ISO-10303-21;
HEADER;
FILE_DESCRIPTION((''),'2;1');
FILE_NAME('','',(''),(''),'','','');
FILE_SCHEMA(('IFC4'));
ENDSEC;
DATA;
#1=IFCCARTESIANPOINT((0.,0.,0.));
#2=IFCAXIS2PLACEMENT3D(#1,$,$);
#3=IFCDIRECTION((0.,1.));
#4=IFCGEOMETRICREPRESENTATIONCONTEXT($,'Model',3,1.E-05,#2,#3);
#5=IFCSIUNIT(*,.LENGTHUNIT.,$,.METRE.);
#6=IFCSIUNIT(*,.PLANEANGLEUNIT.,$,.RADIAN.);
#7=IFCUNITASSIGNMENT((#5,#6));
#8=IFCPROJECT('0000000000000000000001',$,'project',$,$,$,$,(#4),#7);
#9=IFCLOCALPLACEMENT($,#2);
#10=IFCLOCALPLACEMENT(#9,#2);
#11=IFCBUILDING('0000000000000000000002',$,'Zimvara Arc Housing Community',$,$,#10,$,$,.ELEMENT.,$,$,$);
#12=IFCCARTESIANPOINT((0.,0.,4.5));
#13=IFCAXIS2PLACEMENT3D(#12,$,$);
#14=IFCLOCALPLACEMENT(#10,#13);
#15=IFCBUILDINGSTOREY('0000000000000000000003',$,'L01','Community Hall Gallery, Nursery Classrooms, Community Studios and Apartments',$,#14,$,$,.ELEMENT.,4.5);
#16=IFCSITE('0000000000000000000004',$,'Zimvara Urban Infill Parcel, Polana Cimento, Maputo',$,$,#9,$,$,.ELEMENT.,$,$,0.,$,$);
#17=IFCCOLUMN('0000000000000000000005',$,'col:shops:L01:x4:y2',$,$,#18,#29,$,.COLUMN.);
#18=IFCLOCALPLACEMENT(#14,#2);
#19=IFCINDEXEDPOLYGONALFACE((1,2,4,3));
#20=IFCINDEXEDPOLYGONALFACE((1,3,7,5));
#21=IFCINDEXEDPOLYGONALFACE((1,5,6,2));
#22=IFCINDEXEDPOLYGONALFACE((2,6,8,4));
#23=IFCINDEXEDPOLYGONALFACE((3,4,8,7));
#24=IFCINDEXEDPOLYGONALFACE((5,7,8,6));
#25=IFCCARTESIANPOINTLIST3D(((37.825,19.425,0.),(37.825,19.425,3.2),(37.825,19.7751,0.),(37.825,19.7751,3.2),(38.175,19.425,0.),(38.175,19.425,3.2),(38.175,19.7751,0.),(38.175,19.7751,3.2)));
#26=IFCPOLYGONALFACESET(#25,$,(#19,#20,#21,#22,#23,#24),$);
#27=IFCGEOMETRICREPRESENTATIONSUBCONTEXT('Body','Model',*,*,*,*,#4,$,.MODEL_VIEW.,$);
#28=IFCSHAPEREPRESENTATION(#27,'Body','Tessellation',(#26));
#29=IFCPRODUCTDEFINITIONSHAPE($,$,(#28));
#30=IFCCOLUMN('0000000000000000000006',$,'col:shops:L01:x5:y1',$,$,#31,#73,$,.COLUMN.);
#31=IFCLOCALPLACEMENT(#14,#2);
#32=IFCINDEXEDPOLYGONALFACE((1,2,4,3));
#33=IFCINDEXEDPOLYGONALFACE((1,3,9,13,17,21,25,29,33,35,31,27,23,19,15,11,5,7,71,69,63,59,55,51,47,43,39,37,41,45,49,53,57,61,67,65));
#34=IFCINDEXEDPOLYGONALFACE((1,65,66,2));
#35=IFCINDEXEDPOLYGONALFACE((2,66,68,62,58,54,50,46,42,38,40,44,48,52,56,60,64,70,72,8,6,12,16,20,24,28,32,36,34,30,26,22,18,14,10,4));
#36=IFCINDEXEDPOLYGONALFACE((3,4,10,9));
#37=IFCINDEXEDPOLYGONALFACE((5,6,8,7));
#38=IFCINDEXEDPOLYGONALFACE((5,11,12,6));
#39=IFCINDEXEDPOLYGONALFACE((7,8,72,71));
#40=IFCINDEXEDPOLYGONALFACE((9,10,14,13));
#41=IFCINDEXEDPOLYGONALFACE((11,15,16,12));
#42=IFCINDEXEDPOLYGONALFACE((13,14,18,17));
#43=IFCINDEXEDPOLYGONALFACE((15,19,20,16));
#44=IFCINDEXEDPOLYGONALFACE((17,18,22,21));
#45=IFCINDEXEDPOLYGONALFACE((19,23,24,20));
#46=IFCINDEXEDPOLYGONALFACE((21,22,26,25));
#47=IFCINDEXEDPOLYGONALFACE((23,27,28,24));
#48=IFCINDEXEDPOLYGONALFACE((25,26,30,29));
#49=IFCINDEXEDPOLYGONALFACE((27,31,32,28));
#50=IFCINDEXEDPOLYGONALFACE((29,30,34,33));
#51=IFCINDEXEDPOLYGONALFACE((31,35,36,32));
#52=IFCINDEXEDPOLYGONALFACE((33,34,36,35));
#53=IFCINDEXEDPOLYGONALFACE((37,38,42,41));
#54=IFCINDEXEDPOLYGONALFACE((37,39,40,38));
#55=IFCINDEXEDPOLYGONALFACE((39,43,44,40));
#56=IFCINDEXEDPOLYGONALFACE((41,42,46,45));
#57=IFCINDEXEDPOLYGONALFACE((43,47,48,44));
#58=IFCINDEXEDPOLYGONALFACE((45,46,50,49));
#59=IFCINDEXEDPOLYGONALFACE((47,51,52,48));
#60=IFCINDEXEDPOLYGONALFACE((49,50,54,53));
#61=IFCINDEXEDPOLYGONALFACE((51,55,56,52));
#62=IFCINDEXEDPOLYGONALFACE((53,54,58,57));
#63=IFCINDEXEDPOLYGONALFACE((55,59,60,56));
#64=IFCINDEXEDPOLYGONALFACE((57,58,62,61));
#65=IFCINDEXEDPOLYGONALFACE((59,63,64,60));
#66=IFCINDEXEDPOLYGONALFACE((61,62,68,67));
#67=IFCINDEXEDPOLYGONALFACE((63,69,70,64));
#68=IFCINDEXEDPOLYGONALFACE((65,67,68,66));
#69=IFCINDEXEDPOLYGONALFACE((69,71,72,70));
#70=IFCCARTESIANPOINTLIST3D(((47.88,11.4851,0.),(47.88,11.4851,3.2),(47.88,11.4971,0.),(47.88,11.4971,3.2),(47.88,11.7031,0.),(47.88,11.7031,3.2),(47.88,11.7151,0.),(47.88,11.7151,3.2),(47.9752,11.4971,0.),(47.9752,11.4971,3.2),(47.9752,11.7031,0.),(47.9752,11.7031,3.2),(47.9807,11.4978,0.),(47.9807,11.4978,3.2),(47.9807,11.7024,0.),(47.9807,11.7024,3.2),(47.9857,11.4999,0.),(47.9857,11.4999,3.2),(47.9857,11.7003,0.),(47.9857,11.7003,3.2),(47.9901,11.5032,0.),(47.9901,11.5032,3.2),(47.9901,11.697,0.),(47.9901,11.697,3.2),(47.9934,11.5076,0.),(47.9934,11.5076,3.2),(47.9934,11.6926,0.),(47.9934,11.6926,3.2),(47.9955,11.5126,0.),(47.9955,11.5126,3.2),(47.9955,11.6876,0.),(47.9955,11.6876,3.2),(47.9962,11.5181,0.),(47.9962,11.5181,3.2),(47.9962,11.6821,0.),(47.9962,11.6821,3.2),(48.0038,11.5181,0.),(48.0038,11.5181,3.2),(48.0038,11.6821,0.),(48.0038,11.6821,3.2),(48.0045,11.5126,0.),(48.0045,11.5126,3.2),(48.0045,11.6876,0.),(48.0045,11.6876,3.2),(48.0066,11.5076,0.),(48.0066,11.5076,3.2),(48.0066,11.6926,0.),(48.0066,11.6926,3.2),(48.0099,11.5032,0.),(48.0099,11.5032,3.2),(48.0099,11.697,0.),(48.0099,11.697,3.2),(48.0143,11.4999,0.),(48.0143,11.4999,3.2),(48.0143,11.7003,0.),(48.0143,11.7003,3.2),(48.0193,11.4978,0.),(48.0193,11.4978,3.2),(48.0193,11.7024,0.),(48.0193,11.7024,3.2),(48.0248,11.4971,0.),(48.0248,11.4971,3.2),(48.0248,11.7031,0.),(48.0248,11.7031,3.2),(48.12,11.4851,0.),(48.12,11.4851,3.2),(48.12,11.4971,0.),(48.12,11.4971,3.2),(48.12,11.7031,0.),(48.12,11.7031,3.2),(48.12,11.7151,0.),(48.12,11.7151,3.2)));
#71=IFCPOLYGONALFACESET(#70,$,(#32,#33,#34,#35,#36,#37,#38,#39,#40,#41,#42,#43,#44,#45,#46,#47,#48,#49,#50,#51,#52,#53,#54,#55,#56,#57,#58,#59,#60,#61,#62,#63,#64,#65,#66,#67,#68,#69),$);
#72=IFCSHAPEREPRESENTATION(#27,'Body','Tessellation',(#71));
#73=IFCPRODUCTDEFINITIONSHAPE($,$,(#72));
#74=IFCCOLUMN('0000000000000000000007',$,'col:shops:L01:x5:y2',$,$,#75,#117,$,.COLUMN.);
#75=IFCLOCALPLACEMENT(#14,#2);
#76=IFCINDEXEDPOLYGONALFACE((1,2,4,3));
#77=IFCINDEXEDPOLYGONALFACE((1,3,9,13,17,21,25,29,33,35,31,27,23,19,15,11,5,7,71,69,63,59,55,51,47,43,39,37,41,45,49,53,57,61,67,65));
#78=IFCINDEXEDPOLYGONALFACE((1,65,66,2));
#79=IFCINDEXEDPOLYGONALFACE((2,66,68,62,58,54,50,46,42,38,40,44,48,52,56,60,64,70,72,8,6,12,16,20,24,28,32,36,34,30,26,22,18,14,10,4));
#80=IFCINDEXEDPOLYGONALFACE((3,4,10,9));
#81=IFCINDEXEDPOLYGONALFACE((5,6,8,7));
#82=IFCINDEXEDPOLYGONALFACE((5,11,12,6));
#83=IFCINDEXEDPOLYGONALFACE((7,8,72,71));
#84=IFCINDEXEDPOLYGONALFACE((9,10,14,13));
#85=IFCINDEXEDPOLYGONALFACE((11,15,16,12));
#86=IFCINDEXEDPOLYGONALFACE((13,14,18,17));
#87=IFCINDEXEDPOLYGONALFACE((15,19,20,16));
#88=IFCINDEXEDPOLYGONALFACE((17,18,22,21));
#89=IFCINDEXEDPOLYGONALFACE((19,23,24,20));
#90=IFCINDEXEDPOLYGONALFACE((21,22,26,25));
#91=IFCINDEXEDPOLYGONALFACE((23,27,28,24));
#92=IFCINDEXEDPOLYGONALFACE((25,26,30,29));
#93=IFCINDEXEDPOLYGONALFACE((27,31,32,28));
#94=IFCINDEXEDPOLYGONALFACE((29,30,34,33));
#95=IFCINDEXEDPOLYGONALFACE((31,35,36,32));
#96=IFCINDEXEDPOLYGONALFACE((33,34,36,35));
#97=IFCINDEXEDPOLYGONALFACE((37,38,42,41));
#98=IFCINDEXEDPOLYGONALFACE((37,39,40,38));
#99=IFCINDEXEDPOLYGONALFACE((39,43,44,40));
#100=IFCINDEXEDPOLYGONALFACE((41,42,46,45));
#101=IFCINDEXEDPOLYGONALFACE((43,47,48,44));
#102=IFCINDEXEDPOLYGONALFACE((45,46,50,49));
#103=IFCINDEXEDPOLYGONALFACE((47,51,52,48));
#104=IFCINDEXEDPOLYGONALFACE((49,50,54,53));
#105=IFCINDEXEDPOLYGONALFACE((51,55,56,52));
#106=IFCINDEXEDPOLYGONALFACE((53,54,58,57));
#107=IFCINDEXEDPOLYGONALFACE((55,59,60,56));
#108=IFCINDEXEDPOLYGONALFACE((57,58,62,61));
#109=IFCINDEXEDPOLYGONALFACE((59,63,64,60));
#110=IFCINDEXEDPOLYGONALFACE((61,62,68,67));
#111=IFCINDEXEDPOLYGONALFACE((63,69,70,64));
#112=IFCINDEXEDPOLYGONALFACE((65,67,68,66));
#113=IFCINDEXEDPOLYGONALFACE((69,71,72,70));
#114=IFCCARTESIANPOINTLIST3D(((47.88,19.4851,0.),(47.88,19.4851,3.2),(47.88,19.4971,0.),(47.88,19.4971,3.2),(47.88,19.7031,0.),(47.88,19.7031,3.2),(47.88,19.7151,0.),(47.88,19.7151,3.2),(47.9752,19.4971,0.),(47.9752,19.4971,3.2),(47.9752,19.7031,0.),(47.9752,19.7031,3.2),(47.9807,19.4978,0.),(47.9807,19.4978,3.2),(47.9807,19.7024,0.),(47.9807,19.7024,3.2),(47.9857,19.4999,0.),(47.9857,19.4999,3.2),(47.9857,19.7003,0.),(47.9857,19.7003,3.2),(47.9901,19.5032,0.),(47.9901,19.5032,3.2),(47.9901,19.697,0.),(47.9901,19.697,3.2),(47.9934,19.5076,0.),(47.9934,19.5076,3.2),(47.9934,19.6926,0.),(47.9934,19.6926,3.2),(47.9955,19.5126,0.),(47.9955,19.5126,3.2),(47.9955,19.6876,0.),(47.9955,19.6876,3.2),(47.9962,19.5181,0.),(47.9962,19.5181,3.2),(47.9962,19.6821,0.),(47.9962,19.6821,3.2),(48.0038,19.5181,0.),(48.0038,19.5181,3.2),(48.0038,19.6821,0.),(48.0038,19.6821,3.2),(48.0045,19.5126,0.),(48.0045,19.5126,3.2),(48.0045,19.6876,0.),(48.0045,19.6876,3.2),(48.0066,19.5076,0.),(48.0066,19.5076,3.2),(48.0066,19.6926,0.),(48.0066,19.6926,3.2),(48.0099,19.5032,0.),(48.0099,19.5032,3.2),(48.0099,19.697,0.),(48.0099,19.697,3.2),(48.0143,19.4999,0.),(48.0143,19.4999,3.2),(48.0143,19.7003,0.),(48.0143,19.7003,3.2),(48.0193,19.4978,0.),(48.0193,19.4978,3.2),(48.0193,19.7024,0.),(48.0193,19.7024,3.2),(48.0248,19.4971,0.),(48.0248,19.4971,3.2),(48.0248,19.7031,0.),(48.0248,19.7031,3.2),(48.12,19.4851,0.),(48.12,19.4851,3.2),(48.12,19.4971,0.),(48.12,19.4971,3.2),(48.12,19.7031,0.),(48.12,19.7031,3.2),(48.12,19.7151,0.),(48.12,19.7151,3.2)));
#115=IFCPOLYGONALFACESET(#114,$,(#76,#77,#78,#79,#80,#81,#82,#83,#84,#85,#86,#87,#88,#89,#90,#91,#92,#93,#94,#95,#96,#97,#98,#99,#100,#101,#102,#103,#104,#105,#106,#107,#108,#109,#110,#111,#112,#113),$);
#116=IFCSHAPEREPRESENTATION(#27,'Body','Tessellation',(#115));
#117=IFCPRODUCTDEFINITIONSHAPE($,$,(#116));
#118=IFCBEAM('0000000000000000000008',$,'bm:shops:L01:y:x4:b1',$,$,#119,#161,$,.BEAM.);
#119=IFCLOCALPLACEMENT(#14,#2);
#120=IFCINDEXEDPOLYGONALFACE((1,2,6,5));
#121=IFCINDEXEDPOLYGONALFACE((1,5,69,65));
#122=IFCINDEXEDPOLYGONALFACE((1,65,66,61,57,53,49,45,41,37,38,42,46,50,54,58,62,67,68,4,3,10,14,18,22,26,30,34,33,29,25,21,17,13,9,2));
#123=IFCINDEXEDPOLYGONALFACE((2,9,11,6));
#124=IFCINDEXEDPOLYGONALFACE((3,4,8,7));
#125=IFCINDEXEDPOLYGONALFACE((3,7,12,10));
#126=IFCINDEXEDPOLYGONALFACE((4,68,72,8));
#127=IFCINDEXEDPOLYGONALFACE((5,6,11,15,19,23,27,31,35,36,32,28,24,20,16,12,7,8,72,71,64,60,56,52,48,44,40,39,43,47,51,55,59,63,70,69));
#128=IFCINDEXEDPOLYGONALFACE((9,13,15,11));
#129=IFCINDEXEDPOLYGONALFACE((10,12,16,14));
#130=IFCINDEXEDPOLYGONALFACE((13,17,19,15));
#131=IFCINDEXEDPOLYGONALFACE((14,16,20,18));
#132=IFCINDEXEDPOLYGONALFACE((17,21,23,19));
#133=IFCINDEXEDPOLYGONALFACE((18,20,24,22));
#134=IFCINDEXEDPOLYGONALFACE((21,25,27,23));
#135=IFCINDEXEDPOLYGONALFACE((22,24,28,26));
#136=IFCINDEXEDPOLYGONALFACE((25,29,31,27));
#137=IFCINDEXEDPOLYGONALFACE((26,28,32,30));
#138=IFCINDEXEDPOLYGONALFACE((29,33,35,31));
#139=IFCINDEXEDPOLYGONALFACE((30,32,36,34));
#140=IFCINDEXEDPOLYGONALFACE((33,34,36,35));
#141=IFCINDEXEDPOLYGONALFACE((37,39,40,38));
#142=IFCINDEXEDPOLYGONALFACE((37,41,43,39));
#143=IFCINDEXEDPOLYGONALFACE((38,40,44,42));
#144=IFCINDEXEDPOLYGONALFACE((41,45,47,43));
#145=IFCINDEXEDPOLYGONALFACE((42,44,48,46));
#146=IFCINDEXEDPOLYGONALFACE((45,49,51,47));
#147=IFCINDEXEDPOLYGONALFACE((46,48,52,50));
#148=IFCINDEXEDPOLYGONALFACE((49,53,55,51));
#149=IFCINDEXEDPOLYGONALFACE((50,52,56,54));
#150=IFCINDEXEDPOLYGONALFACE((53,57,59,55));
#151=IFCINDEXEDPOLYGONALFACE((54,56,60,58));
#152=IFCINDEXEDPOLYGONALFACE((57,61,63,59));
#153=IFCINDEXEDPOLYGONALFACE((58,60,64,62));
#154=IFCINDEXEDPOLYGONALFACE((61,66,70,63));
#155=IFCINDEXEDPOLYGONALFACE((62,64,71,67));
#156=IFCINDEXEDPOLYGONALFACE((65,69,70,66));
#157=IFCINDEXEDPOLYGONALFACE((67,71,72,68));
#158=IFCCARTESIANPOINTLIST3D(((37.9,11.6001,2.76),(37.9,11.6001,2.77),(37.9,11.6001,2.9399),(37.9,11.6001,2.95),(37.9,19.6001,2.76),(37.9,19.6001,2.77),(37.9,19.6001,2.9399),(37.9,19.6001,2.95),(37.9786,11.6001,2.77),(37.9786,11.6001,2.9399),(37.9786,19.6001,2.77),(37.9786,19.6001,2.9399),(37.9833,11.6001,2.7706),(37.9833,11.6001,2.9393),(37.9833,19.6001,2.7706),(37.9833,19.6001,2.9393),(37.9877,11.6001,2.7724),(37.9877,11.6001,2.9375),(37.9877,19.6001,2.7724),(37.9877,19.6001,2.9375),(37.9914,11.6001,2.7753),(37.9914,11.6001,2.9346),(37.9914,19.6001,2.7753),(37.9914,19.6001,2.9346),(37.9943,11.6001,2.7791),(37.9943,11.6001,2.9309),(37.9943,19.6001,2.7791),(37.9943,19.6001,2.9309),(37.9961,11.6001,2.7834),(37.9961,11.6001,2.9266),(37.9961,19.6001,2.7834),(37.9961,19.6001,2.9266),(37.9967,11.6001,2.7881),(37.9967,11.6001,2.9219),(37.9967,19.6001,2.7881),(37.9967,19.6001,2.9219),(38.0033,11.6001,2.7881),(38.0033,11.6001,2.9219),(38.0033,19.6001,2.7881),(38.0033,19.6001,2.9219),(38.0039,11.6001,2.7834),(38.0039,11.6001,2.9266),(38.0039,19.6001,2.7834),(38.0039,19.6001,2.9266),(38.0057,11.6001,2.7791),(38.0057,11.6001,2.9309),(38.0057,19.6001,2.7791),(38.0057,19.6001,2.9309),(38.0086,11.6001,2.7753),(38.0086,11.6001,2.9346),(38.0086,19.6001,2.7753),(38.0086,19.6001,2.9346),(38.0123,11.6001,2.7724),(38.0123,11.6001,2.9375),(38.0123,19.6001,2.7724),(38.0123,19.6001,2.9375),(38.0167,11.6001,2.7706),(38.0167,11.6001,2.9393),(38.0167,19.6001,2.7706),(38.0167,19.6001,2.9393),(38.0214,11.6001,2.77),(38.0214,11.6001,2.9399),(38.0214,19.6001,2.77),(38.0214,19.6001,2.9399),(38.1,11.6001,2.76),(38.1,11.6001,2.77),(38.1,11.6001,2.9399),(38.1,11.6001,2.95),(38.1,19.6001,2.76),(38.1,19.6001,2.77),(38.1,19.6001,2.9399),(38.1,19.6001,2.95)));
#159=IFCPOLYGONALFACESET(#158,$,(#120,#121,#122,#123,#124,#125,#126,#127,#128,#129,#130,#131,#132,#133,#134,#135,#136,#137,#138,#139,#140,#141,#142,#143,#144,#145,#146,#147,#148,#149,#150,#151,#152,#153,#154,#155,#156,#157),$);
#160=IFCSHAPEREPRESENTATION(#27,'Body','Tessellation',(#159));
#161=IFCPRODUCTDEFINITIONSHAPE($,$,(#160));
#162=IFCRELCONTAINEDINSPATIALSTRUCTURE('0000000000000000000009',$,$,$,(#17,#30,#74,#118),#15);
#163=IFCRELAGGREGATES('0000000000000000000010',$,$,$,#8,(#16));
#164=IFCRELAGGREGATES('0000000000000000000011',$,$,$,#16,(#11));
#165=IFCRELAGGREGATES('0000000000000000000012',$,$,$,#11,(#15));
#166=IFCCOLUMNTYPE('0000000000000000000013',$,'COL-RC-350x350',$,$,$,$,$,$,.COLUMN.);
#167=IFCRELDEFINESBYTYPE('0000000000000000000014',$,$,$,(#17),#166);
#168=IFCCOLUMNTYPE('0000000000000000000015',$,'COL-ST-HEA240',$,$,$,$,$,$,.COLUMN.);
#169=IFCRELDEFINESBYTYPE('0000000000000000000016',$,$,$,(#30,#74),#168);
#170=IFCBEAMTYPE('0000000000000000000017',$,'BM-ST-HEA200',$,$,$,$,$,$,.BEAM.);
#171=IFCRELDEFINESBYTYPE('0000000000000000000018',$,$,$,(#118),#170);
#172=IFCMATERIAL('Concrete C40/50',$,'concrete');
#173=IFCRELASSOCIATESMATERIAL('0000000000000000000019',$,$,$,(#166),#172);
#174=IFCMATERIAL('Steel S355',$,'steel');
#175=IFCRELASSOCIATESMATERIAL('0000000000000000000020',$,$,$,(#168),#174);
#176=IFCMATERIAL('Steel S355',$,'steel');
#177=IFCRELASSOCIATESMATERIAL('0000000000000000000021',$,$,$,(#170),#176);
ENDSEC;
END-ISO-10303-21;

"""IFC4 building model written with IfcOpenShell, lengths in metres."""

from ifc_helpers import new_model, si_unit, direction, frame, origin, origin_2d, place, context, subcontext, project, spatial, rectangle, i_section, extrude, material, material_profile, profile_set, type_object, element, save


model = new_model("IFC4")

# Units and contexts
model_context = context("Model", 3, precision=1e-05, world=origin(), true_north=direction((0.0, 1.0)))
body_context = subcontext(model_context, "Body", "Model", "MODEL_VIEW")
ifc_project = project(units=[si_unit("LENGTHUNIT", "METRE"), si_unit("PLANEANGLEUNIT", "RADIAN")], contexts=[model_context])

# Site, building, storey
site_placement = place(None, origin())
site = spatial("IfcSite", under=ifc_project, at=site_placement, Name="Zimvara Urban Infill Parcel, Polana Cimento, Maputo", CompositionType="ELEMENT", RefElevation=0.0)
building_placement = place(site_placement, origin())
building = spatial("IfcBuilding", under=site, at=building_placement, Name="Zimvara Arc Housing Community", CompositionType="ELEMENT")
storey_placement = place(building_placement, frame((0.0, 0.0, 4.5)))
storey = spatial("IfcBuildingStorey", under=building, at=storey_placement, Name="L01", Description="Community Hall Gallery, Nursery Classrooms, Community Studios and Apartments", CompositionType="ELEMENT", Elevation=4.5)

# Columns
ifc_material_1 = material(Name="Concrete C40/50", Category="concrete")
ifc_material_profile_1 = material_profile(ifc_material_1, rectangle(XDim=0.3501, YDim=0.3501, at=origin_2d()), Name="RC 350x350")
ifc_profile_set_1 = profile_set([ifc_material_profile_1], Name="Concrete C40/50")
column_type_1 = type_object("IfcColumnType", Name="COL-RC-350x350", PredefinedType="COLUMN", material=ifc_profile_set_1)
column_placement = place(storey_placement, frame((38.0, 19.6001, 0.0), z_axis=(0.0, 0.0, 1.0), x_axis=(1.0, 0.0, 0.0)))
element("IfcColumn", 1, at=column_placement, inside=storey, type_object=column_type_1, Name="col:shops:L01:x4:y2", PredefinedType="COLUMN", context=body_context, shape_type="SweptSolid", body=[
    extrude(rectangle(XDim=0.3501, YDim=0.3501, at=origin_2d()), origin(), (0.0, 0.0, 1.0), 3.2),
])
ifc_material_2 = material(Name="Steel S355", Category="steel")
ifc_material_profile_2 = material_profile(ifc_material_2, i_section(OverallWidth=0.24, OverallDepth=0.23, WebThickness=0.0076, FlangeThickness=0.012, FilletRadius=0.021, at=origin_2d()), Name="HEA 240")
ifc_profile_set_2 = profile_set([ifc_material_profile_2], Name="Steel S355")
column_type_2 = type_object("IfcColumnType", Name="COL-ST-HEA240", PredefinedType="COLUMN", material=ifc_profile_set_2)
for number, where, z_axis, x_axis, name in (
    (2, (48.0, 11.6001, 0.0), (0.0, 0.0, 1.0), (1.0, 0.0, 0.0), "col:shops:L01:x5:y1"),
    (3, (48.0, 19.6001, 0.0), (0.0, 0.0, 1.0), (1.0, 0.0, 0.0), "col:shops:L01:x5:y2"),
):
    element("IfcColumn", number, at=place(storey_placement, frame(where, z_axis=z_axis, x_axis=x_axis)), inside=storey, type_object=column_type_2, Name=name, PredefinedType="COLUMN", context=body_context, shape_type="SweptSolid", body=[
        extrude(i_section(OverallWidth=0.24, OverallDepth=0.23, WebThickness=0.0076, FlangeThickness=0.012, FilletRadius=0.021, at=origin_2d()), origin(), (0.0, 0.0, 1.0), 3.2),
    ])

# Beam
ifc_material_3 = material(Name="Steel S355", Category="steel")
ifc_material_profile_3 = material_profile(ifc_material_3, i_section(OverallWidth=0.2, OverallDepth=0.1899, WebThickness=0.0066, FlangeThickness=0.01, FilletRadius=0.0181, at=origin_2d()), Name="HEA 200")
ifc_profile_set_3 = profile_set([ifc_material_profile_3], Name="Steel S355")
beam_type_1 = type_object("IfcBeamType", Name="BM-ST-HEA200", PredefinedType="BEAM", material=ifc_profile_set_3)
for number, where, z_axis, x_axis, name in (
    (4, (38.0, 11.6001, 2.855), (0.0, 1.0, 0.0), (-1.0, 0.0, 0.0), "bm:shops:L01:y:x4:b1"),
):
    element("IfcBeam", number, at=place(storey_placement, frame(where, z_axis=z_axis, x_axis=x_axis)), inside=storey, type_object=beam_type_1, Name=name, PredefinedType="BEAM", context=body_context, shape_type="SweptSolid", body=[
        extrude(i_section(OverallWidth=0.2, OverallDepth=0.1899, WebThickness=0.0066, FlangeThickness=0.01, FilletRadius=0.0181, at=origin_2d()), origin(), (0.0, 0.0, 1.0), 8.0),
    ])

save(model, "model.ifc")
